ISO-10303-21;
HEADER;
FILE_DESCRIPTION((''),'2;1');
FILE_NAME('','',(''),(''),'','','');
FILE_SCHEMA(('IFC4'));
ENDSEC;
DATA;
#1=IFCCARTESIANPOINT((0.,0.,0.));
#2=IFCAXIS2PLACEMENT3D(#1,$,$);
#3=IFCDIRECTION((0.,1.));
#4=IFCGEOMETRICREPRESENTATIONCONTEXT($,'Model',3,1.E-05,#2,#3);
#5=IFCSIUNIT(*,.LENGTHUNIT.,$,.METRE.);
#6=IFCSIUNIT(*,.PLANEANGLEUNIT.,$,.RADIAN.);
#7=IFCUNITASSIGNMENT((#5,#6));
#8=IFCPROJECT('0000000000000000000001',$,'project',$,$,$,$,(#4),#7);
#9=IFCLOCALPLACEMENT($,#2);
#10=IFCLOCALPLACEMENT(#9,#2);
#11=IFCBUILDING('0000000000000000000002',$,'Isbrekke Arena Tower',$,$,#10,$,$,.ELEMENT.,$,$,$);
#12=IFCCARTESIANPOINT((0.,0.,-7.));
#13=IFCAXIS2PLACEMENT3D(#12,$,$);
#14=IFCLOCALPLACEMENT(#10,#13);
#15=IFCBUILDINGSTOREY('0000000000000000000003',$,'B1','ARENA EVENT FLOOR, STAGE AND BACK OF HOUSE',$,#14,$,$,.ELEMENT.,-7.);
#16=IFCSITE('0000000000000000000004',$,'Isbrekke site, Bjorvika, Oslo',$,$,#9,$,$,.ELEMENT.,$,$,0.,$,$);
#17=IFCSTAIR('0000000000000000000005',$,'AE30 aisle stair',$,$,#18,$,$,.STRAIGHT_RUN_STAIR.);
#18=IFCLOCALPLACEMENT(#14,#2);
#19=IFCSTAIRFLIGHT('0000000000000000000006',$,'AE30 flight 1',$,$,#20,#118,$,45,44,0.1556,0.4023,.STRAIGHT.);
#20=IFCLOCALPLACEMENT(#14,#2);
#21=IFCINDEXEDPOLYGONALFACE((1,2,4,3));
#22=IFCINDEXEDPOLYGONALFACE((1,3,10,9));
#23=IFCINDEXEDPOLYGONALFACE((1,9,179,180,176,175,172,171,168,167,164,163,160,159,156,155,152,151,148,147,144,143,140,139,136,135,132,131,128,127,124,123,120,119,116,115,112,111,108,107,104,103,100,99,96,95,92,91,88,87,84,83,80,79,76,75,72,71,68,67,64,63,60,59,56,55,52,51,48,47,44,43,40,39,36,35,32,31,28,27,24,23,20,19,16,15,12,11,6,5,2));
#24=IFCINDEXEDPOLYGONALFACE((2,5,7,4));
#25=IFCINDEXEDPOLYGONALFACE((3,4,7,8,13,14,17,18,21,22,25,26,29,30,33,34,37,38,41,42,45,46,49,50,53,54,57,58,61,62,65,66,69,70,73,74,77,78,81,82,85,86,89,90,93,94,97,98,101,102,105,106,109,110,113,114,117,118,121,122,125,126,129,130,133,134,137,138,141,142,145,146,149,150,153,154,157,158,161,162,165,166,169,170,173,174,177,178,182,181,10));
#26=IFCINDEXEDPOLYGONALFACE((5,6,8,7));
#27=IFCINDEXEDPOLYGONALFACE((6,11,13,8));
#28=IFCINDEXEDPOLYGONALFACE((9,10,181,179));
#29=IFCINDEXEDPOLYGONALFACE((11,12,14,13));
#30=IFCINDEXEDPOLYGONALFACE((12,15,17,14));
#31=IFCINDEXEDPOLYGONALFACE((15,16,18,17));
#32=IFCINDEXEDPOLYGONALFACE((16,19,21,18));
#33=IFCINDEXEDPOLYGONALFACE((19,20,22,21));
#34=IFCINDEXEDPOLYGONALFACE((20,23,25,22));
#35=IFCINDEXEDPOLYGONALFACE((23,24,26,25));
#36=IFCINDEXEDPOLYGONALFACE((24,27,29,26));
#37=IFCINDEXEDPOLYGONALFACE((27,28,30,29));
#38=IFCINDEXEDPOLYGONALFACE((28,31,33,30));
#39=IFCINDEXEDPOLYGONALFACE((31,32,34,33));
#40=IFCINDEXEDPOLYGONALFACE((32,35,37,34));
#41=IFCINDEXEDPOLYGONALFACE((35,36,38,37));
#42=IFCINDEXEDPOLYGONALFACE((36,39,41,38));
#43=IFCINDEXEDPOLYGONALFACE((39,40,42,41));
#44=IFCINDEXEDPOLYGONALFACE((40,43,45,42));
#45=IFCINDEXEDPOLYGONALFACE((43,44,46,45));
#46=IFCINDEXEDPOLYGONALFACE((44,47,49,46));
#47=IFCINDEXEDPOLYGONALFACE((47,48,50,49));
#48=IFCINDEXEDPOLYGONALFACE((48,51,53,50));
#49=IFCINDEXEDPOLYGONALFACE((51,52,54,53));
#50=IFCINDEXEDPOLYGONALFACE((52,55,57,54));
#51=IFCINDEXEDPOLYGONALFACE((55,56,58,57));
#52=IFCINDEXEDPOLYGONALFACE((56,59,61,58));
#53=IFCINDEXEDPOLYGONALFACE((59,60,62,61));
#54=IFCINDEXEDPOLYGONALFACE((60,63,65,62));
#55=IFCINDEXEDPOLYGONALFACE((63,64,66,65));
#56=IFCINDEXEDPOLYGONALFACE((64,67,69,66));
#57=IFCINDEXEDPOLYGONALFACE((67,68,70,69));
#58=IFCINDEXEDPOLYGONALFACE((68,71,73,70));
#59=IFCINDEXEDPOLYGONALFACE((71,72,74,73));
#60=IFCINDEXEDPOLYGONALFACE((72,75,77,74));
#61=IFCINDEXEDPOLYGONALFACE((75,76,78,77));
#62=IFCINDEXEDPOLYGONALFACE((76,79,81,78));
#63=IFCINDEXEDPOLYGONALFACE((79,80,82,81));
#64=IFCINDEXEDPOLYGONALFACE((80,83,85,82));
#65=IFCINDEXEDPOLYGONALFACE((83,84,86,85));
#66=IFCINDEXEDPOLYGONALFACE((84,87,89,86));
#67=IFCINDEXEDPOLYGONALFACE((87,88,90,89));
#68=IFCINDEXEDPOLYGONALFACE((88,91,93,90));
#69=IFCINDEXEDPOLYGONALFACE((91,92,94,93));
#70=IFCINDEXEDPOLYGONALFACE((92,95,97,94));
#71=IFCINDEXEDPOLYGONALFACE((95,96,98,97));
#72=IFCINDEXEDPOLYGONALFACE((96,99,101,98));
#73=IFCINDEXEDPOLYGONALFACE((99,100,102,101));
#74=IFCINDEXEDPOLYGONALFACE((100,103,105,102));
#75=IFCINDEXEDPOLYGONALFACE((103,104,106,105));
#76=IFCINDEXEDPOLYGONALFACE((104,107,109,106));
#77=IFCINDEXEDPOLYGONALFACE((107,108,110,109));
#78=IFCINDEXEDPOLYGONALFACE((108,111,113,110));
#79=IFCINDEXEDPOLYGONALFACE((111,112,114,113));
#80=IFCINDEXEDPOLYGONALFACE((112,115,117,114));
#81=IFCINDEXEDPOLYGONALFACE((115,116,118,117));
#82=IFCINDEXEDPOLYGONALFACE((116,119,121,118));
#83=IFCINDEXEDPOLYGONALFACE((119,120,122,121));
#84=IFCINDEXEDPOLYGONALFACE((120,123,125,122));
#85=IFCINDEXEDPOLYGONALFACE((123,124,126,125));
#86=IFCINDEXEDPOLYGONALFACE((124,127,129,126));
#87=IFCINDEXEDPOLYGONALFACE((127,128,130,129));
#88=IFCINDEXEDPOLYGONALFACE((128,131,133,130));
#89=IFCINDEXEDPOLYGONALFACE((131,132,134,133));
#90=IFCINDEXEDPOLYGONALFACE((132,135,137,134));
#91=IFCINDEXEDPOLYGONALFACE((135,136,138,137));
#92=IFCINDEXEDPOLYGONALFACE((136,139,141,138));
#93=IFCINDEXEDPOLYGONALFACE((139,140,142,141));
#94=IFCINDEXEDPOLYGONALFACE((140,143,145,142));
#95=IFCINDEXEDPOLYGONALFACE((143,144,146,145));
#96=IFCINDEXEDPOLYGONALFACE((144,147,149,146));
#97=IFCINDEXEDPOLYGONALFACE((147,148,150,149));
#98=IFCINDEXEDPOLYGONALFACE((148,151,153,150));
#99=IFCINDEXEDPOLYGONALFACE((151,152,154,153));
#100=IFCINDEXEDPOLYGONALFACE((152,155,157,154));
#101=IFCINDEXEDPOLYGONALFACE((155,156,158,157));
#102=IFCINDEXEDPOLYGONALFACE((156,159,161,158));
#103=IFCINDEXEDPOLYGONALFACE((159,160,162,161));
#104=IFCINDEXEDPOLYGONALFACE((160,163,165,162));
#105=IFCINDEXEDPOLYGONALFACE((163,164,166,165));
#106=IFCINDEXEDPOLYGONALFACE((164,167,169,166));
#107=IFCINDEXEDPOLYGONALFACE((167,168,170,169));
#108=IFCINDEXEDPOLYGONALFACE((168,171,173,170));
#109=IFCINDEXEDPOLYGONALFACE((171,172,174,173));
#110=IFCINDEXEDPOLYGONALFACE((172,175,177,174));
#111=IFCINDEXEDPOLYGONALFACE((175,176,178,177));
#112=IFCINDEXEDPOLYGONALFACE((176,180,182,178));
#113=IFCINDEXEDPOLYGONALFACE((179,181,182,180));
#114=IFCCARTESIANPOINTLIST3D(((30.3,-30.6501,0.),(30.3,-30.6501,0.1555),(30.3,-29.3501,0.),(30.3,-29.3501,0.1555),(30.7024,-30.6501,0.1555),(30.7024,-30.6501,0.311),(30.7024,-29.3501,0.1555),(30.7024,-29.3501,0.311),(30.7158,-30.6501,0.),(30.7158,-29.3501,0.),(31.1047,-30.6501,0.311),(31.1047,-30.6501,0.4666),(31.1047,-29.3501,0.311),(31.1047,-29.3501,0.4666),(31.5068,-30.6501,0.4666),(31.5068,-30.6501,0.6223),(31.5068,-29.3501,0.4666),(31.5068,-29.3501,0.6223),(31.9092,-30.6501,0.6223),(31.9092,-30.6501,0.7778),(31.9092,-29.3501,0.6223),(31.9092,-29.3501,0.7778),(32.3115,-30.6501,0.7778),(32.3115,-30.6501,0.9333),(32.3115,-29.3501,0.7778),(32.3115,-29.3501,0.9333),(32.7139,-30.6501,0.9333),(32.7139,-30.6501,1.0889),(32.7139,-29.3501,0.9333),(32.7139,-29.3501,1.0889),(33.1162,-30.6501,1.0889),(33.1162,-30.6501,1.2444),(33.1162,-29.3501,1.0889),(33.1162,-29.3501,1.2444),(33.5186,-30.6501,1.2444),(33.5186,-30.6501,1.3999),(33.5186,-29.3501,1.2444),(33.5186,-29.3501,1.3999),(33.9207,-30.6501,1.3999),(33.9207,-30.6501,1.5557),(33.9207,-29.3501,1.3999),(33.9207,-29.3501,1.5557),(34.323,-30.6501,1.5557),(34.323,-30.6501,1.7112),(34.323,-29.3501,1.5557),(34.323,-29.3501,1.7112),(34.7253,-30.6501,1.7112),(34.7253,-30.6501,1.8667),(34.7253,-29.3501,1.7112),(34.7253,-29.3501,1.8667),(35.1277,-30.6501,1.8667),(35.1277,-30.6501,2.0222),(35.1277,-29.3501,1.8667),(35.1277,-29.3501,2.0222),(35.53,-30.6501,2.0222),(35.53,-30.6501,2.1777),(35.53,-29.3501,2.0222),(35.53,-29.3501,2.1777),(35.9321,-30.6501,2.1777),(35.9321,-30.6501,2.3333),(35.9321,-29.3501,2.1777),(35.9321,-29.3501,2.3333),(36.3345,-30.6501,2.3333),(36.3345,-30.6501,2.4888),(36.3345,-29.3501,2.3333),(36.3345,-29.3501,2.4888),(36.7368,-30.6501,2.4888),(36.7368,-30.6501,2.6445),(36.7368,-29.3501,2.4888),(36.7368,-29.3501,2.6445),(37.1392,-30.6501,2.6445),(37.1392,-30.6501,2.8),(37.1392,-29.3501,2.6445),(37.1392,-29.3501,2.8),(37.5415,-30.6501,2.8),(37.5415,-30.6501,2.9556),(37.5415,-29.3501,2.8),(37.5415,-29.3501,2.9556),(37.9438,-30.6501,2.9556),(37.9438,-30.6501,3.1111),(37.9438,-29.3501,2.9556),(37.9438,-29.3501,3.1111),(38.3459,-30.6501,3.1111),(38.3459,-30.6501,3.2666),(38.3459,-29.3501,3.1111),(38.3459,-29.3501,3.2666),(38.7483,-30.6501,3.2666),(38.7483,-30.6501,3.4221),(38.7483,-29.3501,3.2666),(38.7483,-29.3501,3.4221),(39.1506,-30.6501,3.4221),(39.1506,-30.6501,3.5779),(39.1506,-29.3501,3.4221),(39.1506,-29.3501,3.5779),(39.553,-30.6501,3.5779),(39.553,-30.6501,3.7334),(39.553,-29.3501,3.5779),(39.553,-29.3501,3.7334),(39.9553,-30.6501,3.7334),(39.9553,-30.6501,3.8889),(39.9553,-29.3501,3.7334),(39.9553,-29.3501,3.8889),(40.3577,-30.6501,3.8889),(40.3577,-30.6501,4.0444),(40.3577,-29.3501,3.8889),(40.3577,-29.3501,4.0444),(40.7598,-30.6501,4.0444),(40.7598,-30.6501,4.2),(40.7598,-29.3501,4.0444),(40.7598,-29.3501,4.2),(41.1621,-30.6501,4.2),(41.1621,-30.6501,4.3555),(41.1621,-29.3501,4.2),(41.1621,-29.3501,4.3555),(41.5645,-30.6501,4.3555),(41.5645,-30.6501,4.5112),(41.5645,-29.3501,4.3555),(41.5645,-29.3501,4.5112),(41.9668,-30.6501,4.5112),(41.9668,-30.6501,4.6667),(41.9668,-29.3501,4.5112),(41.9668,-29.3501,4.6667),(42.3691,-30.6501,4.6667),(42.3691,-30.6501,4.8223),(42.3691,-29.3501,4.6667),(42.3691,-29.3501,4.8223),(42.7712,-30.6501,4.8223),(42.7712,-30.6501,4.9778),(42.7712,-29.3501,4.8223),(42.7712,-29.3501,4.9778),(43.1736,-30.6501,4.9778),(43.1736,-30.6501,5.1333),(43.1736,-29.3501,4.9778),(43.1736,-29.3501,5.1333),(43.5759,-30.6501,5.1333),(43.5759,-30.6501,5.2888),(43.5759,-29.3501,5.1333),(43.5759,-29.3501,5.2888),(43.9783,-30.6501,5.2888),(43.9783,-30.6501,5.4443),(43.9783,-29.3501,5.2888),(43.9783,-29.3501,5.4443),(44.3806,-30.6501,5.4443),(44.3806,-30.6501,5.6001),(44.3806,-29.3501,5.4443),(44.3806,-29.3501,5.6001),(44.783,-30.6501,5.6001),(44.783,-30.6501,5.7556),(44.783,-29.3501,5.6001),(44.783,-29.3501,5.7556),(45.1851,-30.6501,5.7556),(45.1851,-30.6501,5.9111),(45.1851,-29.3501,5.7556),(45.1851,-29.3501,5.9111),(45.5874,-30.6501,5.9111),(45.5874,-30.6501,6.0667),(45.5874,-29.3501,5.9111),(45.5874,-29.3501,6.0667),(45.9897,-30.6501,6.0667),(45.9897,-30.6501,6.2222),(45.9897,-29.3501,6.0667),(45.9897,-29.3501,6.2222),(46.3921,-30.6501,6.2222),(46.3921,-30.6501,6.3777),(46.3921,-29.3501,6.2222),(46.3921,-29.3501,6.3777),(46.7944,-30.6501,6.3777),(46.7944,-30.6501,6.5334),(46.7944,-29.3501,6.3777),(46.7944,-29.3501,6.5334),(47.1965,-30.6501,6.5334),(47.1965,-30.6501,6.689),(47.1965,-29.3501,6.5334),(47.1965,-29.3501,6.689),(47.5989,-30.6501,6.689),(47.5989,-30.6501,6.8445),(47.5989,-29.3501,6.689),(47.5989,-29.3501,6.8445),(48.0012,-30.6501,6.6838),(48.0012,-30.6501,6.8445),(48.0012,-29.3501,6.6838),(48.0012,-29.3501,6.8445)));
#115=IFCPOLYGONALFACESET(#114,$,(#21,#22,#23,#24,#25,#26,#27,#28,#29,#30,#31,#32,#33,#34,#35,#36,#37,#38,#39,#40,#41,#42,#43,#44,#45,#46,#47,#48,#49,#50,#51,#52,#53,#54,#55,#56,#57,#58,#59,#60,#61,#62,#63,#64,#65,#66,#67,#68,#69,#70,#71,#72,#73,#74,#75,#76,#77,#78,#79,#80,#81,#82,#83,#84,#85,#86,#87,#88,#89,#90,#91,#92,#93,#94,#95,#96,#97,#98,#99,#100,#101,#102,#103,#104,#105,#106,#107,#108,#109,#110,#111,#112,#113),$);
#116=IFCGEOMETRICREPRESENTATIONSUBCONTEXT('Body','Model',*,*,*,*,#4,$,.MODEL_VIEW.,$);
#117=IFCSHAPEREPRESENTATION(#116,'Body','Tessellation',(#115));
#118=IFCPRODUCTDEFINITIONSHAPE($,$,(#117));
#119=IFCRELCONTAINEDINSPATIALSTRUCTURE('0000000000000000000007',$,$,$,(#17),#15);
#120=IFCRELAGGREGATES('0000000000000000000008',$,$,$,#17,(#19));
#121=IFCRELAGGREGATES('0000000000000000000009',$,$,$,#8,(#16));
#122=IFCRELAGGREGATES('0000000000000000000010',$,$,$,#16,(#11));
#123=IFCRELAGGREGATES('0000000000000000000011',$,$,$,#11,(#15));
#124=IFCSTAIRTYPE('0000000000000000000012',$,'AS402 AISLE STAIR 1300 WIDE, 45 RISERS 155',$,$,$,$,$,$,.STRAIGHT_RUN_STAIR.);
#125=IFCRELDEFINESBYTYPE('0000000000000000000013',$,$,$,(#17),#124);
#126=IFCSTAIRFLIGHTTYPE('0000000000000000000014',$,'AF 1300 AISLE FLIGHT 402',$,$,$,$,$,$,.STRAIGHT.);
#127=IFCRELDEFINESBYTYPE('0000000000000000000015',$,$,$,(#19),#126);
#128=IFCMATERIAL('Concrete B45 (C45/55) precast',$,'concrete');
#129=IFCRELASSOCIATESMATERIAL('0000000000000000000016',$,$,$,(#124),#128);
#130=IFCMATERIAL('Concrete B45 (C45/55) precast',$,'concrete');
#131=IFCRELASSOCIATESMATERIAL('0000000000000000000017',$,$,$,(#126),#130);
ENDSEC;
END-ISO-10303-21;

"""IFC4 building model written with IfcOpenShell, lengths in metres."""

from ifc_helpers import new_model, si_unit, direction, frame, origin, place, context, subcontext, project, spatial, polyline, outline, extrude, material, type_object, element, aggregate, save


model = new_model("IFC4")

# Units and contexts
model_context = context("Model", 3, precision=1e-05, world=origin(), true_north=direction((0.0, 1.0)))
body_context = subcontext(model_context, "Body", "Model", "MODEL_VIEW")
ifc_project = project(units=[si_unit("LENGTHUNIT", "METRE"), si_unit("PLANEANGLEUNIT", "RADIAN")], contexts=[model_context])

# Site, building, storey
site_placement = place(None, origin())
site = spatial("IfcSite", under=ifc_project, at=site_placement, Name="Isbrekke site, Bjorvika, Oslo", CompositionType="ELEMENT", RefElevation=0.0)
building_placement = place(site_placement, origin())
building = spatial("IfcBuilding", under=site, at=building_placement, Name="Isbrekke Arena Tower", CompositionType="ELEMENT")
storey_placement = place(building_placement, frame((0.0, 0.0, -7.0)))
storey = spatial("IfcBuildingStorey", under=building, at=storey_placement, Name="B1", Description="ARENA EVENT FLOOR, STAGE AND BACK OF HOUSE", CompositionType="ELEMENT", Elevation=-7.0)

# Stair, stair flight
ifc_material_1 = material(Name="Concrete B45 (C45/55) precast", Category="concrete")
stair_type = type_object("IfcStairType", Name="AS402 AISLE STAIR 1300 WIDE, 45 RISERS 155", PredefinedType="STRAIGHT_RUN_STAIR", material=ifc_material_1)
ifc_material_2 = material(Name="Concrete B45 (C45/55) precast", Category="concrete")
stair_flight_type = type_object("IfcStairFlightType", Name="AF 1300 AISLE FLIGHT 402", PredefinedType="STRAIGHT", material=ifc_material_2)
stair_1_placement = place(storey_placement, origin())
stair_1 = element("IfcStair", 1, at=stair_1_placement, inside=storey, type_object=stair_type, Name="AE30 aisle stair", PredefinedType="STRAIGHT_RUN_STAIR")
stair_flight_1_placement = place(storey_placement, frame((30.3, -30.0, 0.0), z_axis=(0.0, 0.0, 1.0), x_axis=(1.0, 0.0, 0.0)))
stair_flight_1 = element("IfcStairFlight", 2, at=stair_flight_1_placement, type_object=stair_flight_type, Name="AE30 flight 1", NumberOfRisers=45, NumberOfTreads=44, PredefinedType="STRAIGHT", RiserHeight=0.1556, TreadLength=0.4023, context=body_context, shape_type="SweptSolid", body=[
    extrude(outline(polyline([(0.0, 0.0), (0.0, 0.1555), (0.4023, 0.1555), (0.4023, 0.311), (0.8047, 0.311), (0.8047, 0.4666), (1.2068, 0.4666), (1.2068, 0.6223), (1.6091, 0.6223), (1.6091, 0.7778), (2.0115, 0.7778), (2.0115, 0.9333), (2.4138, 0.9333), (2.4138, 1.0889), (2.8162, 1.0889), (2.8162, 1.2444), (3.2185, 1.2444), (3.2185, 1.3999), (3.6206, 1.3999), (3.6206, 1.5557), (4.0229, 1.5557), (4.0229, 1.7112), (4.4253, 1.7112), (4.4253, 1.8667), (4.8276, 1.8667), (4.8276, 2.0222), (5.23, 2.0222), (5.23, 2.1777), (5.6321, 2.1777), (5.6321, 2.3333), (6.0344, 2.3333), (6.0344, 2.4888), (6.4368, 2.4888), (6.4368, 2.6445), (6.8391, 2.6445), (6.8391, 2.8), (7.2415, 2.8), (7.2415, 2.9556), (7.6438, 2.9556), (7.6438, 3.1111), (8.0459, 3.1111), (8.0459, 3.2666), (8.4482, 3.2666), (8.4482, 3.4221), (8.8506, 3.4221), (8.8506, 3.5779), (9.2529, 3.5779), (9.2529, 3.7334), (9.6553, 3.7334), (9.6553, 3.8889), (10.0576, 3.8889), (10.0576, 4.0444), (10.4597, 4.0444), (10.4597, 4.2), (10.8621, 4.2), (10.8621, 4.3555), (11.2644, 4.3555), (11.2644, 4.5112), (11.6667, 4.5112), (11.6667, 4.6667), (12.0691, 4.6667), (12.0691, 4.8223), (12.4712, 4.8223), (12.4712, 4.9778), (12.8735, 4.9778), (12.8735, 5.1333), (13.2759, 5.1333), (13.2759, 5.2888), (13.6782, 5.2888), (13.6782, 5.4443), (14.0806, 5.4443), (14.0806, 5.6001), (14.4829, 5.6001), (14.4829, 5.7556), (14.885, 5.7556), (14.885, 5.9111), (15.2874, 5.9111), (15.2874, 6.0667), (15.6897, 6.0667), (15.6897, 6.2222), (16.092, 6.2222), (16.092, 6.3777), (16.4944, 6.3777), (16.4944, 6.5334), (16.8965, 6.5334), (16.8965, 6.689), (17.2988, 6.689), (17.2988, 6.8445), (17.7012, 6.8445), (17.7012, 7.0), (17.7012, 6.6838), (0.4158, 0.0), (0.0, 0.0)])), frame((0.0, 0.6499, 0.0), z_axis=(0.0, -1.0, 0.0), x_axis=(1.0, 0.0, 0.0)), (0.0, 0.0, 1.0), 1.3),
])
aggregate(stair_1, [stair_flight_1])

save(model, "model.ifc")
